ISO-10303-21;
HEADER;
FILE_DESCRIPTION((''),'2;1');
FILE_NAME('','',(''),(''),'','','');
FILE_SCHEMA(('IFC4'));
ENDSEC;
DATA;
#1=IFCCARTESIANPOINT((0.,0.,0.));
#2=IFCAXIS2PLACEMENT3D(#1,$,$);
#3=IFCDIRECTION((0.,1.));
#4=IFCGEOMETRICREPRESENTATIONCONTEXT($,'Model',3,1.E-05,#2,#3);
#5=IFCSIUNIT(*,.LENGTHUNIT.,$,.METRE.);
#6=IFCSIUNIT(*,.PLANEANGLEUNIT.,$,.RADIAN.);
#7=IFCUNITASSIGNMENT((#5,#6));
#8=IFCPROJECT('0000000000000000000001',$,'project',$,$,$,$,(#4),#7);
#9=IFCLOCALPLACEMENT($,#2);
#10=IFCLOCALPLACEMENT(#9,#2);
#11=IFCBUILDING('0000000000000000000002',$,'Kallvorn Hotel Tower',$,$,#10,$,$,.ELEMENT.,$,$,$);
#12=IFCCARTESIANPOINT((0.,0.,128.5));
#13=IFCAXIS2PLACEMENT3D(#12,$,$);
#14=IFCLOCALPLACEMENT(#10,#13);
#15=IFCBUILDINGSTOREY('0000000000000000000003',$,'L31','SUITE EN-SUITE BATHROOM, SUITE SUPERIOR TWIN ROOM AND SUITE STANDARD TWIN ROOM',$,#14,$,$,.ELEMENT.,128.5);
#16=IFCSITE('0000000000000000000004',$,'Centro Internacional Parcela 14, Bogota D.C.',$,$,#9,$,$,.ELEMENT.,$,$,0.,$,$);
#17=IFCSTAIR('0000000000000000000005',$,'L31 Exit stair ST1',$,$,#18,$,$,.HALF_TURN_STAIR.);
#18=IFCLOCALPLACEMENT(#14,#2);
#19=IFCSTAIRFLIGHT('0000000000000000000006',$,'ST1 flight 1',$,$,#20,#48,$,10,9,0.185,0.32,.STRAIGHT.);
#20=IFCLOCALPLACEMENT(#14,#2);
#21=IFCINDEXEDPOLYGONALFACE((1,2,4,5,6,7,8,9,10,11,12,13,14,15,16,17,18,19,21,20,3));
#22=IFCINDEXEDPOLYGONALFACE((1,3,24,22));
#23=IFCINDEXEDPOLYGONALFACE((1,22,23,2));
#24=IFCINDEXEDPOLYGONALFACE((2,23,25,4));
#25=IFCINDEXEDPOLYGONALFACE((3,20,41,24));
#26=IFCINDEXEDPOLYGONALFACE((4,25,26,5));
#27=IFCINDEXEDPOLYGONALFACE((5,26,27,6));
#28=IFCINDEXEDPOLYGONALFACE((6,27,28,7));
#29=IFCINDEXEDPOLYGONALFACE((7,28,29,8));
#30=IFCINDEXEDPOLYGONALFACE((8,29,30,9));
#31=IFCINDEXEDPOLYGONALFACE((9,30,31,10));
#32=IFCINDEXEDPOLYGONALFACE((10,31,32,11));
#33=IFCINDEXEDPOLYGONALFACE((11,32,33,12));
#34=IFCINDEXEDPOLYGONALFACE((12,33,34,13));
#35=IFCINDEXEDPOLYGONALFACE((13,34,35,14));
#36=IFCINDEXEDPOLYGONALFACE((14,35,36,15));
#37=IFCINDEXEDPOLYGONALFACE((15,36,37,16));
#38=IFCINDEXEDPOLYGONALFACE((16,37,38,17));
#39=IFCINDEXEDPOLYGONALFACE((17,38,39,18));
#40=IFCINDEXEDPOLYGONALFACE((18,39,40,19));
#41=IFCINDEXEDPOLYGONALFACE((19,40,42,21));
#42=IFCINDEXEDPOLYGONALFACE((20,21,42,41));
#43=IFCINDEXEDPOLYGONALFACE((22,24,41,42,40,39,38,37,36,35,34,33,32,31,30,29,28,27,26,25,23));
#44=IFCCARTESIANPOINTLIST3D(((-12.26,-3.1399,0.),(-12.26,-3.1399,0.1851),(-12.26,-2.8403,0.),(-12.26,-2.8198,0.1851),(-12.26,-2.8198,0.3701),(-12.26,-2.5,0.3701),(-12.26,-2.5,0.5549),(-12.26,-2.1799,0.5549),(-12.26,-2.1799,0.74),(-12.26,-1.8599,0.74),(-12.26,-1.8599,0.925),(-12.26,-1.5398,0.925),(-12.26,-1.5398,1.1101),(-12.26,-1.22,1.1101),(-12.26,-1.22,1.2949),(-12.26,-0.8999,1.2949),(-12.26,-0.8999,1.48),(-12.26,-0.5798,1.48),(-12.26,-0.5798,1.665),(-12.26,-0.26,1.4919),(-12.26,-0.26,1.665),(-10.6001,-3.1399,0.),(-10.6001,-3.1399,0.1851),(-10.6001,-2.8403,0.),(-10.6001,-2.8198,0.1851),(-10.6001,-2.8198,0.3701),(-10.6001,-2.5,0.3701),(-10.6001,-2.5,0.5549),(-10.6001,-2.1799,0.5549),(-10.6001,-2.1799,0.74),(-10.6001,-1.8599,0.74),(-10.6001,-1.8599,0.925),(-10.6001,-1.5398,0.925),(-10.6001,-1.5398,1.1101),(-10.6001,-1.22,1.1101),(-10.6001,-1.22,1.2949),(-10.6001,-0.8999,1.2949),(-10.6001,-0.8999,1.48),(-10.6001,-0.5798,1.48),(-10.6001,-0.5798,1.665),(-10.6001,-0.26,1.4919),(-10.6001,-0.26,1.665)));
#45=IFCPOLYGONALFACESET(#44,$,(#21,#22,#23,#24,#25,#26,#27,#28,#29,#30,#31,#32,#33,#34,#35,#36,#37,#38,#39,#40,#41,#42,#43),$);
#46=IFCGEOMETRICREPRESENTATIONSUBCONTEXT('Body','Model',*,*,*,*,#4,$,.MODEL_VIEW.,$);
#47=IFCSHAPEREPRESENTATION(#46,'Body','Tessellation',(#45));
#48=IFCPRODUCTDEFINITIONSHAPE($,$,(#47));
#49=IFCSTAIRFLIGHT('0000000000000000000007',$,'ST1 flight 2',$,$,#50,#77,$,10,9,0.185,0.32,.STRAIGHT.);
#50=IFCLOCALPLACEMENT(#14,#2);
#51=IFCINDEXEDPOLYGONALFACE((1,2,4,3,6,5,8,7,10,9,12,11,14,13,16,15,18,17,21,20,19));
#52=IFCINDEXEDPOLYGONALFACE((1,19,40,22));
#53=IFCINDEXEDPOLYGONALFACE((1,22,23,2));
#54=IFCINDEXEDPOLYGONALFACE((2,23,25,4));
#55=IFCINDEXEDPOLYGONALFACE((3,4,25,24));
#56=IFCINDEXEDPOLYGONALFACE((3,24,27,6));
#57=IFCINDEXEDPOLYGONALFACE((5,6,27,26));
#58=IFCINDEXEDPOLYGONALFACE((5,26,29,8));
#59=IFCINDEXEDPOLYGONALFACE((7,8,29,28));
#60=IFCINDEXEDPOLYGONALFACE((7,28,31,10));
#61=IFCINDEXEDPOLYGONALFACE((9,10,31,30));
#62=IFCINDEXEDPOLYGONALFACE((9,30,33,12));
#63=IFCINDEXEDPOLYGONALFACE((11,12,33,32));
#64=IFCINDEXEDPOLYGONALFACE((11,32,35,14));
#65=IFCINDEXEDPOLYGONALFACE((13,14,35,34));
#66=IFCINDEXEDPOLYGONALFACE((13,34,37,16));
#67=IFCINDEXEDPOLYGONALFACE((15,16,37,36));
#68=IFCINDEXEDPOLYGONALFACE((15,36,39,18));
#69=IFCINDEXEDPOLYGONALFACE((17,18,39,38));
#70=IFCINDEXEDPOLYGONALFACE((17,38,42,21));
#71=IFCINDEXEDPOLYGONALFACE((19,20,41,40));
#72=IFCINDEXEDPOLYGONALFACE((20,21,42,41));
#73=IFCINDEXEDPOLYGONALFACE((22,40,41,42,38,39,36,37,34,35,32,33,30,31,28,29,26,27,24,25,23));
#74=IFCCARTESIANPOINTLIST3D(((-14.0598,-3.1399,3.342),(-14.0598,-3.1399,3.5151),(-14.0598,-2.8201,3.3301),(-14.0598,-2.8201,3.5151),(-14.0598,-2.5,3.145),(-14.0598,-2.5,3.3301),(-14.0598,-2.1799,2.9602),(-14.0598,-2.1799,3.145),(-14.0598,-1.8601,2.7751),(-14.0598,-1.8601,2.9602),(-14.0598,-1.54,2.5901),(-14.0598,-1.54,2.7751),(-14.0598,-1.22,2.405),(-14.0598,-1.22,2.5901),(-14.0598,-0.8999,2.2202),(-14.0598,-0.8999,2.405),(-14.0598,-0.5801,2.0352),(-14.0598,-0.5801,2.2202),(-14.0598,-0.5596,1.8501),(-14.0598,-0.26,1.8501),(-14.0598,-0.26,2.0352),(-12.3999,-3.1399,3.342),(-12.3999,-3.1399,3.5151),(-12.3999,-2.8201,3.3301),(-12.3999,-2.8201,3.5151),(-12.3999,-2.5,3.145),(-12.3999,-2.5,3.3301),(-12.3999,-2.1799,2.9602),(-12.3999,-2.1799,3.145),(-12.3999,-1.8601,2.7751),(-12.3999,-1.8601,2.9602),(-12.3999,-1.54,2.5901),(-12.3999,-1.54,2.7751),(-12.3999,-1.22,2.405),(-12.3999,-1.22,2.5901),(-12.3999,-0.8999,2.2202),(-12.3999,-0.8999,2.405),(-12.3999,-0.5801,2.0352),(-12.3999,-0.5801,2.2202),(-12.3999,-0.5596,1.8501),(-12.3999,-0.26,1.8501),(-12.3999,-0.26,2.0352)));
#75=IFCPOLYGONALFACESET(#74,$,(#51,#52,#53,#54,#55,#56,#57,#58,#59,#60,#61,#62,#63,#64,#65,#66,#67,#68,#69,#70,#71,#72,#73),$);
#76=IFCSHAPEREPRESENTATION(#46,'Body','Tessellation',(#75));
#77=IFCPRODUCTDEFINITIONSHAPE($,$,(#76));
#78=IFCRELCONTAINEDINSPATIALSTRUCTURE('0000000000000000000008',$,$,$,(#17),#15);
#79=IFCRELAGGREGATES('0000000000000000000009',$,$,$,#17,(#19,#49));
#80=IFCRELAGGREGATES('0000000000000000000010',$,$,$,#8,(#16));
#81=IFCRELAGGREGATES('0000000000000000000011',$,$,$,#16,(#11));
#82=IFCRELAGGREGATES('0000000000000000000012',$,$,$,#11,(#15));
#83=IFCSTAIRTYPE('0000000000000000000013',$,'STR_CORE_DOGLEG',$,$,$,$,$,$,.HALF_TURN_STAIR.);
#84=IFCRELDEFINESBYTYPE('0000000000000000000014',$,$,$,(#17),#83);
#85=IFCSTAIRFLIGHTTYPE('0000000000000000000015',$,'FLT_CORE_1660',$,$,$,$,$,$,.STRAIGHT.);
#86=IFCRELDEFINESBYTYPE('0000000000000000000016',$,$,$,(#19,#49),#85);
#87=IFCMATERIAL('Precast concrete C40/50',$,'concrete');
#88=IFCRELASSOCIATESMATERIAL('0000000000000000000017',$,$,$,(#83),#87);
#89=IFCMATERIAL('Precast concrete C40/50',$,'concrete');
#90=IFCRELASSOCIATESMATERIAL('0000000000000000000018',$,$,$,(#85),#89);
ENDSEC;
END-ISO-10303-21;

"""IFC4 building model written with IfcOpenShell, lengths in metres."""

from ifc_helpers import new_model, si_unit, direction, frame, origin, place, context, subcontext, project, spatial, polyline, outline, extrude, material, type_object, element, aggregate, save


model = new_model("IFC4")

# Units and contexts
model_context = context("Model", 3, precision=1e-05, world=origin(), true_north=direction((0.0, 1.0)))
body_context = subcontext(model_context, "Body", "Model", "MODEL_VIEW")
ifc_project = project(units=[si_unit("LENGTHUNIT", "METRE"), si_unit("PLANEANGLEUNIT", "RADIAN")], contexts=[model_context])

# Site, building, storey
site_placement = place(None, origin())
site = spatial("IfcSite", under=ifc_project, at=site_placement, Name="Centro Internacional Parcela 14, Bogota D.C.", CompositionType="ELEMENT", RefElevation=0.0)
building_placement = place(site_placement, origin())
building = spatial("IfcBuilding", under=site, at=building_placement, Name="Kallvorn Hotel Tower", CompositionType="ELEMENT")
storey_placement = place(building_placement, frame((0.0, 0.0, 128.5)))
storey = spatial("IfcBuildingStorey", under=building, at=storey_placement, Name="L31", Description="SUITE EN-SUITE BATHROOM, SUITE SUPERIOR TWIN ROOM AND SUITE STANDARD TWIN ROOM", CompositionType="ELEMENT", Elevation=128.5)

# Stair, stair flights
ifc_material_1 = material(Name="Precast concrete C40/50", Category="concrete")
stair_type = type_object("IfcStairType", Name="STR_CORE_DOGLEG", PredefinedType="HALF_TURN_STAIR", material=ifc_material_1)
stair_placement = place(storey_placement, origin())
stair = element("IfcStair", 1, at=stair_placement, inside=storey, type_object=stair_type, Name="L31 Exit stair ST1", PredefinedType="HALF_TURN_STAIR")
ifc_material_2 = material(Name="Precast concrete C40/50", Category="concrete")
stair_flight_type = type_object("IfcStairFlightType", Name="FLT_CORE_1660", PredefinedType="STRAIGHT", material=ifc_material_2)
stair_flight_1_placement = place(storey_placement, frame((-11.4299, -3.1399, 0.0), z_axis=(0.0, 0.0, 1.0), x_axis=(0.0, 1.0, 0.0)))
stair_flight_1 = element("IfcStairFlight", 2, at=stair_flight_1_placement, type_object=stair_flight_type, Name="ST1 flight 1", NumberOfRisers=10, NumberOfTreads=9, PredefinedType="STRAIGHT", RiserHeight=0.185, TreadLength=0.32, context=body_context, shape_type="SweptSolid", body=[
    extrude(outline(polyline([(0.0, 0.0), (0.0, 0.1851), (0.3201, 0.1851), (0.3201, 0.3701), (0.6399, 0.3701), (0.6399, 0.5549), (0.96, 0.5549), (0.96, 0.74), (1.28, 0.74), (1.28, 0.925), (1.6001, 0.925), (1.6001, 1.1101), (1.9199, 1.1101), (1.9199, 1.2949), (2.24, 1.2949), (2.24, 1.48), (2.5601, 1.48), (2.5601, 1.665), (2.8799, 1.665), (2.8799, 1.8501), (2.8799, 1.4919), (0.2996, 0.0), (0.0, 0.0)])), frame((0.0, 0.8301, 0.0), z_axis=(0.0, -1.0, 0.0), x_axis=(1.0, 0.0, 0.0)), (0.0, 0.0, 1.0), 1.6599),
])
stair_flight_2_placement = place(storey_placement, frame((-13.23, -0.26, 1.8501), z_axis=(0.0, 0.0, 1.0), x_axis=(0.0, -1.0, 0.0)))
stair_flight_2 = element("IfcStairFlight", 3, at=stair_flight_2_placement, type_object=stair_flight_type, Name="ST1 flight 2", NumberOfRisers=10, NumberOfTreads=9, PredefinedType="STRAIGHT", RiserHeight=0.185, TreadLength=0.32, context=body_context, shape_type="SweptSolid", body=[
    extrude(outline(polyline([(0.0, 0.0), (0.0, 0.1851), (0.3201, 0.1851), (0.3201, 0.3701), (0.6399, 0.3701), (0.6399, 0.5549), (0.96, 0.5549), (0.96, 0.74), (1.28, 0.74), (1.28, 0.925), (1.6001, 0.925), (1.6001, 1.1101), (1.9199, 1.1101), (1.9199, 1.2949), (2.24, 1.2949), (2.24, 1.48), (2.5601, 1.48), (2.5601, 1.665), (2.8799, 1.665), (2.8799, 1.8501), (2.8799, 1.4919), (0.2996, 0.0), (0.0, 0.0)])), frame((0.0, 0.8301, 0.0), z_axis=(0.0, -1.0, 0.0), x_axis=(1.0, 0.0, 0.0)), (0.0, 0.0, 1.0), 1.6599),
])
aggregate(stair, [stair_flight_1, stair_flight_2])

save(model, "model.ifc")
